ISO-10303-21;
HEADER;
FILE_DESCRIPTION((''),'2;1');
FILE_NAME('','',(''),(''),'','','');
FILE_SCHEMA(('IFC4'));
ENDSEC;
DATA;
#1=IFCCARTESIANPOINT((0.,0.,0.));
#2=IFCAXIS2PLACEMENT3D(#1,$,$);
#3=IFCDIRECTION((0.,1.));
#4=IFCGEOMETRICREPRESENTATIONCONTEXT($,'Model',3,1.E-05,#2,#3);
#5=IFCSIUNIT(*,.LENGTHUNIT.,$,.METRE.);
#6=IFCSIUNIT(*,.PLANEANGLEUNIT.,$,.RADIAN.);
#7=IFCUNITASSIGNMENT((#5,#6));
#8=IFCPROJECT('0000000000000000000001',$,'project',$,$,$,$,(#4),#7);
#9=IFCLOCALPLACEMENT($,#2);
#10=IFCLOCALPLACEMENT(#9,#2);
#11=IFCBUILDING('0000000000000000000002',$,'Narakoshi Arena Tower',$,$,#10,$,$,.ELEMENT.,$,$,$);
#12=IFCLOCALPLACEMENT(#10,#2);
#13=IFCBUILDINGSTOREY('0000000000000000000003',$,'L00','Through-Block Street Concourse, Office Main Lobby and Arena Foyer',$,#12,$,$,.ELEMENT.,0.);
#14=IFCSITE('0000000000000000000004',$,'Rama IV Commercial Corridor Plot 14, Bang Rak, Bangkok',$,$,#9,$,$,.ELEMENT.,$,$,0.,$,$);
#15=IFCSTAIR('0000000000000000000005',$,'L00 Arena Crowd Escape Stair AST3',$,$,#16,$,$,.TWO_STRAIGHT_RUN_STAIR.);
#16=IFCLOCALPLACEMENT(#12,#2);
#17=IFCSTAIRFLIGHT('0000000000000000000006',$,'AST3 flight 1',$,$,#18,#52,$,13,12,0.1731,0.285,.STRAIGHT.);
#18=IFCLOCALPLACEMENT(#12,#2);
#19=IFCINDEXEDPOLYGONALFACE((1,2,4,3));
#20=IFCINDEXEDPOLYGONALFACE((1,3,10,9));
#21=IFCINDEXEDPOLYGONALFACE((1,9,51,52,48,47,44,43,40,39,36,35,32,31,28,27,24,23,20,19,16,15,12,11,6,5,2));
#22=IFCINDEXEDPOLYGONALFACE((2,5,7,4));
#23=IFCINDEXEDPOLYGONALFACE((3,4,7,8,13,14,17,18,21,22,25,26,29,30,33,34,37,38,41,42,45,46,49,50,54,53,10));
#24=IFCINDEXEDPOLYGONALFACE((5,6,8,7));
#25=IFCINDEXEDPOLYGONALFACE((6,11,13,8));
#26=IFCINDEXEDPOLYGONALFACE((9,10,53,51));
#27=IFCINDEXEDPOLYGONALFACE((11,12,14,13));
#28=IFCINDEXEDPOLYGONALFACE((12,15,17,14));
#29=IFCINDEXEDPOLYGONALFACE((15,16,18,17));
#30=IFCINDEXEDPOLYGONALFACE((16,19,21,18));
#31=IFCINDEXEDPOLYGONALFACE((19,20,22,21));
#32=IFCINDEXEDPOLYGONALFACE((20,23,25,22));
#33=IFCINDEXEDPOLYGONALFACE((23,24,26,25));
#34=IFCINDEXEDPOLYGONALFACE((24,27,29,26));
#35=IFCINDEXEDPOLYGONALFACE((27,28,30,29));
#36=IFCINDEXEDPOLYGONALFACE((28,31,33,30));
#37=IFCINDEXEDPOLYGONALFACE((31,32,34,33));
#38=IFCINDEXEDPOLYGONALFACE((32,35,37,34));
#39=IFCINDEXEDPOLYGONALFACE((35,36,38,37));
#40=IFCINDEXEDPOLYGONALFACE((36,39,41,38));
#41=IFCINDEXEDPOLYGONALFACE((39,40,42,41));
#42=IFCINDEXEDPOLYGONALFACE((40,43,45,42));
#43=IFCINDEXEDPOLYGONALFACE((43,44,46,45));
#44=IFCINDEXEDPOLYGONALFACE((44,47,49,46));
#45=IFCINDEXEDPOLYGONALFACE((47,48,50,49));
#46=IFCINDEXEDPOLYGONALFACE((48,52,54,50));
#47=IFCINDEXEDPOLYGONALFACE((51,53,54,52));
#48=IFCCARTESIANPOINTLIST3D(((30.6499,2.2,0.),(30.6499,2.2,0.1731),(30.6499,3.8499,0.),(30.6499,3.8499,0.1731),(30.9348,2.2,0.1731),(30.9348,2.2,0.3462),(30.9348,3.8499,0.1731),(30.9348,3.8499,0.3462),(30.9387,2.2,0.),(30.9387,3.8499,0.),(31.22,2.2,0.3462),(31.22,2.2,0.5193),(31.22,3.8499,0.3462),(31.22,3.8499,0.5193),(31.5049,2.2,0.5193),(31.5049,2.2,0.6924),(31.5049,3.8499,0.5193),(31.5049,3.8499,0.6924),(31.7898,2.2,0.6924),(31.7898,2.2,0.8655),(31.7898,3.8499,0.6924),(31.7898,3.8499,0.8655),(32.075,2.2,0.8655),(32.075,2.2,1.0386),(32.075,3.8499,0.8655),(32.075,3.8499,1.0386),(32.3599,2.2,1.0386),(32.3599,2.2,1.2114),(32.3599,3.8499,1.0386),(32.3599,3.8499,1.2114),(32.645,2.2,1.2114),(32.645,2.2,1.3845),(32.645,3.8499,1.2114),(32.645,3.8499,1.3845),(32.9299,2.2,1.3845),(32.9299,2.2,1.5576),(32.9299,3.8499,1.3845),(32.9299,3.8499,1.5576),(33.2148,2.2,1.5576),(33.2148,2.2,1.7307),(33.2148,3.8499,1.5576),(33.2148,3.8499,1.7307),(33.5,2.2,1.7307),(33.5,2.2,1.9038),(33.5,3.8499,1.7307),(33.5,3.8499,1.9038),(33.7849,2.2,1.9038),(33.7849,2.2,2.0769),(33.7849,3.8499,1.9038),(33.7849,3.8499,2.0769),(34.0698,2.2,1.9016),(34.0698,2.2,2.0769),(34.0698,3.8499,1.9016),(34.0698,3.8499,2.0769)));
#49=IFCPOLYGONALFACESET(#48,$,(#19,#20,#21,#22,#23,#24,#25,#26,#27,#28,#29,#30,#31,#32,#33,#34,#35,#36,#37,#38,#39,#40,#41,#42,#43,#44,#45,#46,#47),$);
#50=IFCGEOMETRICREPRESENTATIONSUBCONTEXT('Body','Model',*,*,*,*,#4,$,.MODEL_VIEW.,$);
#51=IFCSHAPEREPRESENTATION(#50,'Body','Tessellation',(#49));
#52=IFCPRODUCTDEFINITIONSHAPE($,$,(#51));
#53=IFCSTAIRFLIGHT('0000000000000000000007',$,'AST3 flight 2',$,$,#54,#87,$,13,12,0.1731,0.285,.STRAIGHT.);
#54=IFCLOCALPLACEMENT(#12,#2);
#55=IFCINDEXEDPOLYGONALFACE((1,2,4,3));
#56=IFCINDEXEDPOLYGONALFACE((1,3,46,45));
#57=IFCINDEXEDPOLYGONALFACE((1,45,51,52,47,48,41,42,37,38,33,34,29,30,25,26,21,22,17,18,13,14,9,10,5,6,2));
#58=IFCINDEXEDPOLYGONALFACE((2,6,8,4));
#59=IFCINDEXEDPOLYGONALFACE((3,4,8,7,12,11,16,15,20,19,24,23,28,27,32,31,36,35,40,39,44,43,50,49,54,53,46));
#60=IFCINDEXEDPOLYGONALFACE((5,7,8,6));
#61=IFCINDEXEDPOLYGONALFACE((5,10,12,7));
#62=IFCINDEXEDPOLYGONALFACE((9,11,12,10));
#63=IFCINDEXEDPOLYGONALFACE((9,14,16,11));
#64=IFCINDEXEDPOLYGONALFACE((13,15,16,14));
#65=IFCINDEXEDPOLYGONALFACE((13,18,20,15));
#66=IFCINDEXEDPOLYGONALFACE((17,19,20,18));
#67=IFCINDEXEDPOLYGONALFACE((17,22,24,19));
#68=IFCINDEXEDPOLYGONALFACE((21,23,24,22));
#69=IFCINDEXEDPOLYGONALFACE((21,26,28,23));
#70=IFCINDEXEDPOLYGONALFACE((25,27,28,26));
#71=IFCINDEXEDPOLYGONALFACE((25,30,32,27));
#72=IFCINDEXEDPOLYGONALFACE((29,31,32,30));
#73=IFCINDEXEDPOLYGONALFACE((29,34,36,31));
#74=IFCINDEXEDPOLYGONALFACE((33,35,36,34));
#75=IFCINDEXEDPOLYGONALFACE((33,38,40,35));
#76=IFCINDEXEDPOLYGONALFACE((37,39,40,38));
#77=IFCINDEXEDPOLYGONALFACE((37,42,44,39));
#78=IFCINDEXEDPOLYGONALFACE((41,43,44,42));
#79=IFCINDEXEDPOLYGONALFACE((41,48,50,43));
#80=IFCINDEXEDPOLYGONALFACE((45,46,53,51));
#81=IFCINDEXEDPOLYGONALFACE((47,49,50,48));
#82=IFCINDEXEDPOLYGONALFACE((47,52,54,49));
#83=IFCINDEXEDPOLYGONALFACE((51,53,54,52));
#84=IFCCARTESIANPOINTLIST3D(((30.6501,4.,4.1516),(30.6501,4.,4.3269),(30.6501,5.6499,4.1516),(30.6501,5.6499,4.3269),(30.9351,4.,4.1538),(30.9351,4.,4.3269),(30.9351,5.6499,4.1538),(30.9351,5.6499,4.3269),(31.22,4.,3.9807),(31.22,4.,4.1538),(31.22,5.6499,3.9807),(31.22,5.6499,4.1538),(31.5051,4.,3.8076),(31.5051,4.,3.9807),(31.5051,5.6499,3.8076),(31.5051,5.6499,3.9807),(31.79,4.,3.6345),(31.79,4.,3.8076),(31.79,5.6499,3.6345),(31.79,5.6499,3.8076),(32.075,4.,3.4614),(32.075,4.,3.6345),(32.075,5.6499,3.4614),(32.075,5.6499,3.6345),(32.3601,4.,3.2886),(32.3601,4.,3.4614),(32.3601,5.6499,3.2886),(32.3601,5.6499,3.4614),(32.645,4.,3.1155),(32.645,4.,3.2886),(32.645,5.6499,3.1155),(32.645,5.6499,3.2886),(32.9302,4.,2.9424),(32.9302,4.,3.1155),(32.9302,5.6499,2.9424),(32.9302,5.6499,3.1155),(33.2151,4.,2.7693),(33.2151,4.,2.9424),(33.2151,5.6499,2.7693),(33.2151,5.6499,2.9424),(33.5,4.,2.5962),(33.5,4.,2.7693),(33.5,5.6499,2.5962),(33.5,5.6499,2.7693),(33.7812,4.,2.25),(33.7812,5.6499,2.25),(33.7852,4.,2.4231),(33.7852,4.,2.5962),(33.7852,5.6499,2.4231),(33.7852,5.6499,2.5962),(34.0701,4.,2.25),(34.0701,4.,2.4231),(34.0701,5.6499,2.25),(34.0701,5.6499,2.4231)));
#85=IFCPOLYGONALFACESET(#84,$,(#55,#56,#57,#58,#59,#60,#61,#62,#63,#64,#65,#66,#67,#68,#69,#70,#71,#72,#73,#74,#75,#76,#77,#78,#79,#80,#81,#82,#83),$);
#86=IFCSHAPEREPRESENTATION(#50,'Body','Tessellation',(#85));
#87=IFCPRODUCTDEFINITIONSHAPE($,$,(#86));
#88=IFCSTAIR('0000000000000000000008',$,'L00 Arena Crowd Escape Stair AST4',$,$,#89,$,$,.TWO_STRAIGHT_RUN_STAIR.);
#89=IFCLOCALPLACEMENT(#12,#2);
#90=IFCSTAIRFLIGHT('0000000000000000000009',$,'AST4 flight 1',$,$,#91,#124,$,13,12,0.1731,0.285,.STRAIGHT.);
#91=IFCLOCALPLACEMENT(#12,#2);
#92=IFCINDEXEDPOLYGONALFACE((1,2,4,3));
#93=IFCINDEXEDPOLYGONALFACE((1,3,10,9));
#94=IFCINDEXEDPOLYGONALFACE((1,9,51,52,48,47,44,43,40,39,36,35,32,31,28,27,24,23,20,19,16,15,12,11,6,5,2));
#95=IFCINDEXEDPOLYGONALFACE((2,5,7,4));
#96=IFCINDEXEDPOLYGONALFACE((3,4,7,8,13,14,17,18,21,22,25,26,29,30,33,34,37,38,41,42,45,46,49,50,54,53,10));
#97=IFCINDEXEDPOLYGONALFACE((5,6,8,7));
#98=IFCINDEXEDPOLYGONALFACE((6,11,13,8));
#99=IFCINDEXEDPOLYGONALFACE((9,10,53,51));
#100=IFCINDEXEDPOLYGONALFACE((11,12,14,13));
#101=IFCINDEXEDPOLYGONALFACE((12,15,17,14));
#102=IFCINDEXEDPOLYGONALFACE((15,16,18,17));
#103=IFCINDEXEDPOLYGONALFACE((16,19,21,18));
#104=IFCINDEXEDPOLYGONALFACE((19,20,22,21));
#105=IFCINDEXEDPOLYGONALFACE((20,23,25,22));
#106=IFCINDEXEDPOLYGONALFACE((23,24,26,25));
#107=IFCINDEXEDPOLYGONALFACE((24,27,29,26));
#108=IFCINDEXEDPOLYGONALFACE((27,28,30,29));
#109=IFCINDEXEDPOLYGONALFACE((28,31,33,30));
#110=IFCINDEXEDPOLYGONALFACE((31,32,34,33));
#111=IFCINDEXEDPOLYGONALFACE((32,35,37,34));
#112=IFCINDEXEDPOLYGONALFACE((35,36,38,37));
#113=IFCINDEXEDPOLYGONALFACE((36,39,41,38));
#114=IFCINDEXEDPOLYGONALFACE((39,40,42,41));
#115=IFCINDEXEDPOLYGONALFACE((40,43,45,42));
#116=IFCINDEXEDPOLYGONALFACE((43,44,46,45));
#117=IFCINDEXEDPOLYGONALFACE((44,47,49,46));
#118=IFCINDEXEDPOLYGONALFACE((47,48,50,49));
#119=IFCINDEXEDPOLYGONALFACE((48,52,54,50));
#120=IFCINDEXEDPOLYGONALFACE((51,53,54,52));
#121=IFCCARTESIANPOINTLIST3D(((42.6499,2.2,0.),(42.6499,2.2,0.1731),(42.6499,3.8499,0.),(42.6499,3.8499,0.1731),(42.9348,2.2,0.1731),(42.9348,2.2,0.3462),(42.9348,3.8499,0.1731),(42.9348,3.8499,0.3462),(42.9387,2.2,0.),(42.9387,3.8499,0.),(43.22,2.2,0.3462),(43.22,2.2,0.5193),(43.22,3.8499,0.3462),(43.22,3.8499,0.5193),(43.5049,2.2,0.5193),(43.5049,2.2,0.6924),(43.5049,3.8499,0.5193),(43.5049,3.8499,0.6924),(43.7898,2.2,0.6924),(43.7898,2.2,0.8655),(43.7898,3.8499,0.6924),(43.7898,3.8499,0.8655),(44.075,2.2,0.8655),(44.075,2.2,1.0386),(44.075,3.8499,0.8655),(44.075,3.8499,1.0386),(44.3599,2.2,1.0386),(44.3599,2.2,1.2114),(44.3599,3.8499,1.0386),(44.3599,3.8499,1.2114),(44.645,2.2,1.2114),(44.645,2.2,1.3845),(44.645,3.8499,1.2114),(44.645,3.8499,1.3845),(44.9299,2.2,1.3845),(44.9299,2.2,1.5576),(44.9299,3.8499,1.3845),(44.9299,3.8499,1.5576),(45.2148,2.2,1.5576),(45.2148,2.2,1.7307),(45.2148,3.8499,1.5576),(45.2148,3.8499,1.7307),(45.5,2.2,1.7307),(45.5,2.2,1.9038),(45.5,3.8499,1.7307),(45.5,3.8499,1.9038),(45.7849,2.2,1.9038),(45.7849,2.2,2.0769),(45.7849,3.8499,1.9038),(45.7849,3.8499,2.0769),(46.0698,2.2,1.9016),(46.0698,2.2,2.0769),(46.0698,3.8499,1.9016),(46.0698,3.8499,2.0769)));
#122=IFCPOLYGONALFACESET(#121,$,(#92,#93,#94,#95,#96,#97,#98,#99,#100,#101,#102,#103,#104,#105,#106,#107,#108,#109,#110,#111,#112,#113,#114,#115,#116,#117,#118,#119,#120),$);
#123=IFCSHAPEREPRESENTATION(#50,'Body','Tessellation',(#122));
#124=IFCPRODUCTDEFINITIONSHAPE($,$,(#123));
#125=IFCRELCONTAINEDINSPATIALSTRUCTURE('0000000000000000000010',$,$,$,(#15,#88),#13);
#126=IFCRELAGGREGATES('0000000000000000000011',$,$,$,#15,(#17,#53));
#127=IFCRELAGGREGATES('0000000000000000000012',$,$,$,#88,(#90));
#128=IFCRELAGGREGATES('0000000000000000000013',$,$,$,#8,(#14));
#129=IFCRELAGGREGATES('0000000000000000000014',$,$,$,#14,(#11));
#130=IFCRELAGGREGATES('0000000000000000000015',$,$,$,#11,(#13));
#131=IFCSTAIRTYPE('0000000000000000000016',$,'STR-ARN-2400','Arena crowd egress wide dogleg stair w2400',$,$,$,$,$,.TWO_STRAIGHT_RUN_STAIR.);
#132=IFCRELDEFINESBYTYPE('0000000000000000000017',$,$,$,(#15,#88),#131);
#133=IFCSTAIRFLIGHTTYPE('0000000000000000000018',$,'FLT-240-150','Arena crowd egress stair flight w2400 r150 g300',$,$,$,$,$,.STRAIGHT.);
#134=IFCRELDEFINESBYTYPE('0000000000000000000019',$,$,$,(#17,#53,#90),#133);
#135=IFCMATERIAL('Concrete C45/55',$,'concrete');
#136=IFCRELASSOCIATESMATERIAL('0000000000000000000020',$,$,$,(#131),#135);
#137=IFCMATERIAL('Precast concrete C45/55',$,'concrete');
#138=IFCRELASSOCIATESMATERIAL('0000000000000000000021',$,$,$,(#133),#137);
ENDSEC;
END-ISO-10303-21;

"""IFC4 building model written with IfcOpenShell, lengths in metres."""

from ifc_helpers import new_model, si_unit, direction, frame, origin, place, context, subcontext, project, spatial, polyline, outline, extrude, material, type_object, element, aggregate, save


model = new_model("IFC4")

# Units and contexts
model_context = context("Model", 3, precision=1e-05, world=origin(), true_north=direction((0.0, 1.0)))
body_context = subcontext(model_context, "Body", "Model", "MODEL_VIEW")
ifc_project = project(units=[si_unit("LENGTHUNIT", "METRE"), si_unit("PLANEANGLEUNIT", "RADIAN")], contexts=[model_context])

# Site, building, storey
site_placement = place(None, origin())
site = spatial("IfcSite", under=ifc_project, at=site_placement, Name="Rama IV Commercial Corridor Plot 14, Bang Rak, Bangkok", CompositionType="ELEMENT", RefElevation=0.0)
building_placement = place(site_placement, origin())
building = spatial("IfcBuilding", under=site, at=building_placement, Name="Narakoshi Arena Tower", CompositionType="ELEMENT")
storey_placement = place(building_placement, origin())
storey = spatial("IfcBuildingStorey", under=building, at=storey_placement, Name="L00", Description="Through-Block Street Concourse, Office Main Lobby and Arena Foyer", CompositionType="ELEMENT", Elevation=0.0)

# Stair, stair flights
ifc_material_1 = material(Name="Concrete C45/55", Category="concrete")
stair_type = type_object("IfcStairType", Name="STR-ARN-2400", Description="Arena crowd egress wide dogleg stair w2400", PredefinedType="TWO_STRAIGHT_RUN_STAIR", material=ifc_material_1)
stair_1_placement = place(storey_placement, origin())
stair_1 = element("IfcStair", 1, at=stair_1_placement, inside=storey, type_object=stair_type, Name="L00 Arena Crowd Escape Stair AST3", PredefinedType="TWO_STRAIGHT_RUN_STAIR")
ifc_material_2 = material(Name="Precast concrete C45/55", Category="concrete")
stair_flight_type = type_object("IfcStairFlightType", Name="FLT-240-150", Description="Arena crowd egress stair flight w2400 r150 g300", PredefinedType="STRAIGHT", material=ifc_material_2)
stair_flight_1_placement = place(storey_placement, frame((30.6499, 3.0249, 0.0), z_axis=(0.0, 0.0, 1.0), x_axis=(1.0, 0.0, 0.0)))
stair_flight_1 = element("IfcStairFlight", 2, at=stair_flight_1_placement, type_object=stair_flight_type, Name="AST3 flight 1", NumberOfRisers=13, NumberOfTreads=12, PredefinedType="STRAIGHT", RiserHeight=0.1731, TreadLength=0.285, context=body_context, shape_type="SweptSolid", body=[
    extrude(outline(polyline([(0.0, 0.0), (0.0, 0.1731), (0.2849, 0.1731), (0.2849, 0.3462), (0.5701, 0.3462), (0.5701, 0.5193), (0.855, 0.5193), (0.855, 0.6924), (1.1399, 0.6924), (1.1399, 0.8655), (1.425, 0.8655), (1.425, 1.0386), (1.71, 1.0386), (1.71, 1.2114), (1.9951, 1.2114), (1.9951, 1.3845), (2.28, 1.3845), (2.28, 1.5576), (2.5649, 1.5576), (2.5649, 1.7307), (2.8501, 1.7307), (2.8501, 1.9038), (3.135, 1.9038), (3.135, 2.0769), (3.4199, 2.0769), (3.4199, 2.25), (3.4199, 1.9016), (0.2888, 0.0), (0.0, 0.0)])), frame((0.0, 0.825, 0.0), z_axis=(0.0, -1.0, 0.0), x_axis=(1.0, 0.0, 0.0)), (0.0, 0.0, 1.0), 1.6499),
])
stair_flight_2_placement = place(storey_placement, frame((34.0701, 4.825, 2.25), z_axis=(0.0, 0.0, 1.0), x_axis=(-1.0, 0.0, 0.0)))
stair_flight_2 = element("IfcStairFlight", 3, at=stair_flight_2_placement, type_object=stair_flight_type, Name="AST3 flight 2", NumberOfRisers=13, NumberOfTreads=12, PredefinedType="STRAIGHT", RiserHeight=0.1731, TreadLength=0.285, context=body_context, shape_type="SweptSolid", body=[
    extrude(outline(polyline([(0.0, 0.0), (0.0, 0.1731), (0.2849, 0.1731), (0.2849, 0.3462), (0.5701, 0.3462), (0.5701, 0.5193), (0.855, 0.5193), (0.855, 0.6924), (1.1399, 0.6924), (1.1399, 0.8655), (1.425, 0.8655), (1.425, 1.0386), (1.71, 1.0386), (1.71, 1.2114), (1.9951, 1.2114), (1.9951, 1.3845), (2.28, 1.3845), (2.28, 1.5576), (2.5649, 1.5576), (2.5649, 1.7307), (2.8501, 1.7307), (2.8501, 1.9038), (3.135, 1.9038), (3.135, 2.0769), (3.4199, 2.0769), (3.4199, 2.25), (3.4199, 1.9016), (0.2888, 0.0), (0.0, 0.0)])), frame((0.0, 0.825, 0.0), z_axis=(0.0, -1.0, 0.0), x_axis=(1.0, 0.0, 0.0)), (0.0, 0.0, 1.0), 1.6499),
])
aggregate(stair_1, [stair_flight_1, stair_flight_2])

# Stair, stair flight
stair_2_placement = place(storey_placement, origin())
stair_2 = element("IfcStair", 4, at=stair_2_placement, inside=storey, type_object=stair_type, Name="L00 Arena Crowd Escape Stair AST4", PredefinedType="TWO_STRAIGHT_RUN_STAIR")
stair_flight_3_placement = place(storey_placement, frame((42.6499, 3.0249, 0.0), z_axis=(0.0, 0.0, 1.0), x_axis=(1.0, 0.0, 0.0)))
stair_flight_3 = element("IfcStairFlight", 5, at=stair_flight_3_placement, type_object=stair_flight_type, Name="AST4 flight 1", NumberOfRisers=13, NumberOfTreads=12, PredefinedType="STRAIGHT", RiserHeight=0.1731, TreadLength=0.285, context=body_context, shape_type="SweptSolid", body=[
    extrude(outline(polyline([(0.0, 0.0), (0.0, 0.1731), (0.2849, 0.1731), (0.2849, 0.3462), (0.5701, 0.3462), (0.5701, 0.5193), (0.855, 0.5193), (0.855, 0.6924), (1.1399, 0.6924), (1.1399, 0.8655), (1.425, 0.8655), (1.425, 1.0386), (1.71, 1.0386), (1.71, 1.2114), (1.9951, 1.2114), (1.9951, 1.3845), (2.28, 1.3845), (2.28, 1.5576), (2.5649, 1.5576), (2.5649, 1.7307), (2.8501, 1.7307), (2.8501, 1.9038), (3.135, 1.9038), (3.135, 2.0769), (3.4199, 2.0769), (3.4199, 2.25), (3.4199, 1.9016), (0.2888, 0.0), (0.0, 0.0)])), frame((0.0, 0.825, 0.0), z_axis=(0.0, -1.0, 0.0), x_axis=(1.0, 0.0, 0.0)), (0.0, 0.0, 1.0), 1.6499),
])
aggregate(stair_2, [stair_flight_3])

save(model, "model.ifc")
